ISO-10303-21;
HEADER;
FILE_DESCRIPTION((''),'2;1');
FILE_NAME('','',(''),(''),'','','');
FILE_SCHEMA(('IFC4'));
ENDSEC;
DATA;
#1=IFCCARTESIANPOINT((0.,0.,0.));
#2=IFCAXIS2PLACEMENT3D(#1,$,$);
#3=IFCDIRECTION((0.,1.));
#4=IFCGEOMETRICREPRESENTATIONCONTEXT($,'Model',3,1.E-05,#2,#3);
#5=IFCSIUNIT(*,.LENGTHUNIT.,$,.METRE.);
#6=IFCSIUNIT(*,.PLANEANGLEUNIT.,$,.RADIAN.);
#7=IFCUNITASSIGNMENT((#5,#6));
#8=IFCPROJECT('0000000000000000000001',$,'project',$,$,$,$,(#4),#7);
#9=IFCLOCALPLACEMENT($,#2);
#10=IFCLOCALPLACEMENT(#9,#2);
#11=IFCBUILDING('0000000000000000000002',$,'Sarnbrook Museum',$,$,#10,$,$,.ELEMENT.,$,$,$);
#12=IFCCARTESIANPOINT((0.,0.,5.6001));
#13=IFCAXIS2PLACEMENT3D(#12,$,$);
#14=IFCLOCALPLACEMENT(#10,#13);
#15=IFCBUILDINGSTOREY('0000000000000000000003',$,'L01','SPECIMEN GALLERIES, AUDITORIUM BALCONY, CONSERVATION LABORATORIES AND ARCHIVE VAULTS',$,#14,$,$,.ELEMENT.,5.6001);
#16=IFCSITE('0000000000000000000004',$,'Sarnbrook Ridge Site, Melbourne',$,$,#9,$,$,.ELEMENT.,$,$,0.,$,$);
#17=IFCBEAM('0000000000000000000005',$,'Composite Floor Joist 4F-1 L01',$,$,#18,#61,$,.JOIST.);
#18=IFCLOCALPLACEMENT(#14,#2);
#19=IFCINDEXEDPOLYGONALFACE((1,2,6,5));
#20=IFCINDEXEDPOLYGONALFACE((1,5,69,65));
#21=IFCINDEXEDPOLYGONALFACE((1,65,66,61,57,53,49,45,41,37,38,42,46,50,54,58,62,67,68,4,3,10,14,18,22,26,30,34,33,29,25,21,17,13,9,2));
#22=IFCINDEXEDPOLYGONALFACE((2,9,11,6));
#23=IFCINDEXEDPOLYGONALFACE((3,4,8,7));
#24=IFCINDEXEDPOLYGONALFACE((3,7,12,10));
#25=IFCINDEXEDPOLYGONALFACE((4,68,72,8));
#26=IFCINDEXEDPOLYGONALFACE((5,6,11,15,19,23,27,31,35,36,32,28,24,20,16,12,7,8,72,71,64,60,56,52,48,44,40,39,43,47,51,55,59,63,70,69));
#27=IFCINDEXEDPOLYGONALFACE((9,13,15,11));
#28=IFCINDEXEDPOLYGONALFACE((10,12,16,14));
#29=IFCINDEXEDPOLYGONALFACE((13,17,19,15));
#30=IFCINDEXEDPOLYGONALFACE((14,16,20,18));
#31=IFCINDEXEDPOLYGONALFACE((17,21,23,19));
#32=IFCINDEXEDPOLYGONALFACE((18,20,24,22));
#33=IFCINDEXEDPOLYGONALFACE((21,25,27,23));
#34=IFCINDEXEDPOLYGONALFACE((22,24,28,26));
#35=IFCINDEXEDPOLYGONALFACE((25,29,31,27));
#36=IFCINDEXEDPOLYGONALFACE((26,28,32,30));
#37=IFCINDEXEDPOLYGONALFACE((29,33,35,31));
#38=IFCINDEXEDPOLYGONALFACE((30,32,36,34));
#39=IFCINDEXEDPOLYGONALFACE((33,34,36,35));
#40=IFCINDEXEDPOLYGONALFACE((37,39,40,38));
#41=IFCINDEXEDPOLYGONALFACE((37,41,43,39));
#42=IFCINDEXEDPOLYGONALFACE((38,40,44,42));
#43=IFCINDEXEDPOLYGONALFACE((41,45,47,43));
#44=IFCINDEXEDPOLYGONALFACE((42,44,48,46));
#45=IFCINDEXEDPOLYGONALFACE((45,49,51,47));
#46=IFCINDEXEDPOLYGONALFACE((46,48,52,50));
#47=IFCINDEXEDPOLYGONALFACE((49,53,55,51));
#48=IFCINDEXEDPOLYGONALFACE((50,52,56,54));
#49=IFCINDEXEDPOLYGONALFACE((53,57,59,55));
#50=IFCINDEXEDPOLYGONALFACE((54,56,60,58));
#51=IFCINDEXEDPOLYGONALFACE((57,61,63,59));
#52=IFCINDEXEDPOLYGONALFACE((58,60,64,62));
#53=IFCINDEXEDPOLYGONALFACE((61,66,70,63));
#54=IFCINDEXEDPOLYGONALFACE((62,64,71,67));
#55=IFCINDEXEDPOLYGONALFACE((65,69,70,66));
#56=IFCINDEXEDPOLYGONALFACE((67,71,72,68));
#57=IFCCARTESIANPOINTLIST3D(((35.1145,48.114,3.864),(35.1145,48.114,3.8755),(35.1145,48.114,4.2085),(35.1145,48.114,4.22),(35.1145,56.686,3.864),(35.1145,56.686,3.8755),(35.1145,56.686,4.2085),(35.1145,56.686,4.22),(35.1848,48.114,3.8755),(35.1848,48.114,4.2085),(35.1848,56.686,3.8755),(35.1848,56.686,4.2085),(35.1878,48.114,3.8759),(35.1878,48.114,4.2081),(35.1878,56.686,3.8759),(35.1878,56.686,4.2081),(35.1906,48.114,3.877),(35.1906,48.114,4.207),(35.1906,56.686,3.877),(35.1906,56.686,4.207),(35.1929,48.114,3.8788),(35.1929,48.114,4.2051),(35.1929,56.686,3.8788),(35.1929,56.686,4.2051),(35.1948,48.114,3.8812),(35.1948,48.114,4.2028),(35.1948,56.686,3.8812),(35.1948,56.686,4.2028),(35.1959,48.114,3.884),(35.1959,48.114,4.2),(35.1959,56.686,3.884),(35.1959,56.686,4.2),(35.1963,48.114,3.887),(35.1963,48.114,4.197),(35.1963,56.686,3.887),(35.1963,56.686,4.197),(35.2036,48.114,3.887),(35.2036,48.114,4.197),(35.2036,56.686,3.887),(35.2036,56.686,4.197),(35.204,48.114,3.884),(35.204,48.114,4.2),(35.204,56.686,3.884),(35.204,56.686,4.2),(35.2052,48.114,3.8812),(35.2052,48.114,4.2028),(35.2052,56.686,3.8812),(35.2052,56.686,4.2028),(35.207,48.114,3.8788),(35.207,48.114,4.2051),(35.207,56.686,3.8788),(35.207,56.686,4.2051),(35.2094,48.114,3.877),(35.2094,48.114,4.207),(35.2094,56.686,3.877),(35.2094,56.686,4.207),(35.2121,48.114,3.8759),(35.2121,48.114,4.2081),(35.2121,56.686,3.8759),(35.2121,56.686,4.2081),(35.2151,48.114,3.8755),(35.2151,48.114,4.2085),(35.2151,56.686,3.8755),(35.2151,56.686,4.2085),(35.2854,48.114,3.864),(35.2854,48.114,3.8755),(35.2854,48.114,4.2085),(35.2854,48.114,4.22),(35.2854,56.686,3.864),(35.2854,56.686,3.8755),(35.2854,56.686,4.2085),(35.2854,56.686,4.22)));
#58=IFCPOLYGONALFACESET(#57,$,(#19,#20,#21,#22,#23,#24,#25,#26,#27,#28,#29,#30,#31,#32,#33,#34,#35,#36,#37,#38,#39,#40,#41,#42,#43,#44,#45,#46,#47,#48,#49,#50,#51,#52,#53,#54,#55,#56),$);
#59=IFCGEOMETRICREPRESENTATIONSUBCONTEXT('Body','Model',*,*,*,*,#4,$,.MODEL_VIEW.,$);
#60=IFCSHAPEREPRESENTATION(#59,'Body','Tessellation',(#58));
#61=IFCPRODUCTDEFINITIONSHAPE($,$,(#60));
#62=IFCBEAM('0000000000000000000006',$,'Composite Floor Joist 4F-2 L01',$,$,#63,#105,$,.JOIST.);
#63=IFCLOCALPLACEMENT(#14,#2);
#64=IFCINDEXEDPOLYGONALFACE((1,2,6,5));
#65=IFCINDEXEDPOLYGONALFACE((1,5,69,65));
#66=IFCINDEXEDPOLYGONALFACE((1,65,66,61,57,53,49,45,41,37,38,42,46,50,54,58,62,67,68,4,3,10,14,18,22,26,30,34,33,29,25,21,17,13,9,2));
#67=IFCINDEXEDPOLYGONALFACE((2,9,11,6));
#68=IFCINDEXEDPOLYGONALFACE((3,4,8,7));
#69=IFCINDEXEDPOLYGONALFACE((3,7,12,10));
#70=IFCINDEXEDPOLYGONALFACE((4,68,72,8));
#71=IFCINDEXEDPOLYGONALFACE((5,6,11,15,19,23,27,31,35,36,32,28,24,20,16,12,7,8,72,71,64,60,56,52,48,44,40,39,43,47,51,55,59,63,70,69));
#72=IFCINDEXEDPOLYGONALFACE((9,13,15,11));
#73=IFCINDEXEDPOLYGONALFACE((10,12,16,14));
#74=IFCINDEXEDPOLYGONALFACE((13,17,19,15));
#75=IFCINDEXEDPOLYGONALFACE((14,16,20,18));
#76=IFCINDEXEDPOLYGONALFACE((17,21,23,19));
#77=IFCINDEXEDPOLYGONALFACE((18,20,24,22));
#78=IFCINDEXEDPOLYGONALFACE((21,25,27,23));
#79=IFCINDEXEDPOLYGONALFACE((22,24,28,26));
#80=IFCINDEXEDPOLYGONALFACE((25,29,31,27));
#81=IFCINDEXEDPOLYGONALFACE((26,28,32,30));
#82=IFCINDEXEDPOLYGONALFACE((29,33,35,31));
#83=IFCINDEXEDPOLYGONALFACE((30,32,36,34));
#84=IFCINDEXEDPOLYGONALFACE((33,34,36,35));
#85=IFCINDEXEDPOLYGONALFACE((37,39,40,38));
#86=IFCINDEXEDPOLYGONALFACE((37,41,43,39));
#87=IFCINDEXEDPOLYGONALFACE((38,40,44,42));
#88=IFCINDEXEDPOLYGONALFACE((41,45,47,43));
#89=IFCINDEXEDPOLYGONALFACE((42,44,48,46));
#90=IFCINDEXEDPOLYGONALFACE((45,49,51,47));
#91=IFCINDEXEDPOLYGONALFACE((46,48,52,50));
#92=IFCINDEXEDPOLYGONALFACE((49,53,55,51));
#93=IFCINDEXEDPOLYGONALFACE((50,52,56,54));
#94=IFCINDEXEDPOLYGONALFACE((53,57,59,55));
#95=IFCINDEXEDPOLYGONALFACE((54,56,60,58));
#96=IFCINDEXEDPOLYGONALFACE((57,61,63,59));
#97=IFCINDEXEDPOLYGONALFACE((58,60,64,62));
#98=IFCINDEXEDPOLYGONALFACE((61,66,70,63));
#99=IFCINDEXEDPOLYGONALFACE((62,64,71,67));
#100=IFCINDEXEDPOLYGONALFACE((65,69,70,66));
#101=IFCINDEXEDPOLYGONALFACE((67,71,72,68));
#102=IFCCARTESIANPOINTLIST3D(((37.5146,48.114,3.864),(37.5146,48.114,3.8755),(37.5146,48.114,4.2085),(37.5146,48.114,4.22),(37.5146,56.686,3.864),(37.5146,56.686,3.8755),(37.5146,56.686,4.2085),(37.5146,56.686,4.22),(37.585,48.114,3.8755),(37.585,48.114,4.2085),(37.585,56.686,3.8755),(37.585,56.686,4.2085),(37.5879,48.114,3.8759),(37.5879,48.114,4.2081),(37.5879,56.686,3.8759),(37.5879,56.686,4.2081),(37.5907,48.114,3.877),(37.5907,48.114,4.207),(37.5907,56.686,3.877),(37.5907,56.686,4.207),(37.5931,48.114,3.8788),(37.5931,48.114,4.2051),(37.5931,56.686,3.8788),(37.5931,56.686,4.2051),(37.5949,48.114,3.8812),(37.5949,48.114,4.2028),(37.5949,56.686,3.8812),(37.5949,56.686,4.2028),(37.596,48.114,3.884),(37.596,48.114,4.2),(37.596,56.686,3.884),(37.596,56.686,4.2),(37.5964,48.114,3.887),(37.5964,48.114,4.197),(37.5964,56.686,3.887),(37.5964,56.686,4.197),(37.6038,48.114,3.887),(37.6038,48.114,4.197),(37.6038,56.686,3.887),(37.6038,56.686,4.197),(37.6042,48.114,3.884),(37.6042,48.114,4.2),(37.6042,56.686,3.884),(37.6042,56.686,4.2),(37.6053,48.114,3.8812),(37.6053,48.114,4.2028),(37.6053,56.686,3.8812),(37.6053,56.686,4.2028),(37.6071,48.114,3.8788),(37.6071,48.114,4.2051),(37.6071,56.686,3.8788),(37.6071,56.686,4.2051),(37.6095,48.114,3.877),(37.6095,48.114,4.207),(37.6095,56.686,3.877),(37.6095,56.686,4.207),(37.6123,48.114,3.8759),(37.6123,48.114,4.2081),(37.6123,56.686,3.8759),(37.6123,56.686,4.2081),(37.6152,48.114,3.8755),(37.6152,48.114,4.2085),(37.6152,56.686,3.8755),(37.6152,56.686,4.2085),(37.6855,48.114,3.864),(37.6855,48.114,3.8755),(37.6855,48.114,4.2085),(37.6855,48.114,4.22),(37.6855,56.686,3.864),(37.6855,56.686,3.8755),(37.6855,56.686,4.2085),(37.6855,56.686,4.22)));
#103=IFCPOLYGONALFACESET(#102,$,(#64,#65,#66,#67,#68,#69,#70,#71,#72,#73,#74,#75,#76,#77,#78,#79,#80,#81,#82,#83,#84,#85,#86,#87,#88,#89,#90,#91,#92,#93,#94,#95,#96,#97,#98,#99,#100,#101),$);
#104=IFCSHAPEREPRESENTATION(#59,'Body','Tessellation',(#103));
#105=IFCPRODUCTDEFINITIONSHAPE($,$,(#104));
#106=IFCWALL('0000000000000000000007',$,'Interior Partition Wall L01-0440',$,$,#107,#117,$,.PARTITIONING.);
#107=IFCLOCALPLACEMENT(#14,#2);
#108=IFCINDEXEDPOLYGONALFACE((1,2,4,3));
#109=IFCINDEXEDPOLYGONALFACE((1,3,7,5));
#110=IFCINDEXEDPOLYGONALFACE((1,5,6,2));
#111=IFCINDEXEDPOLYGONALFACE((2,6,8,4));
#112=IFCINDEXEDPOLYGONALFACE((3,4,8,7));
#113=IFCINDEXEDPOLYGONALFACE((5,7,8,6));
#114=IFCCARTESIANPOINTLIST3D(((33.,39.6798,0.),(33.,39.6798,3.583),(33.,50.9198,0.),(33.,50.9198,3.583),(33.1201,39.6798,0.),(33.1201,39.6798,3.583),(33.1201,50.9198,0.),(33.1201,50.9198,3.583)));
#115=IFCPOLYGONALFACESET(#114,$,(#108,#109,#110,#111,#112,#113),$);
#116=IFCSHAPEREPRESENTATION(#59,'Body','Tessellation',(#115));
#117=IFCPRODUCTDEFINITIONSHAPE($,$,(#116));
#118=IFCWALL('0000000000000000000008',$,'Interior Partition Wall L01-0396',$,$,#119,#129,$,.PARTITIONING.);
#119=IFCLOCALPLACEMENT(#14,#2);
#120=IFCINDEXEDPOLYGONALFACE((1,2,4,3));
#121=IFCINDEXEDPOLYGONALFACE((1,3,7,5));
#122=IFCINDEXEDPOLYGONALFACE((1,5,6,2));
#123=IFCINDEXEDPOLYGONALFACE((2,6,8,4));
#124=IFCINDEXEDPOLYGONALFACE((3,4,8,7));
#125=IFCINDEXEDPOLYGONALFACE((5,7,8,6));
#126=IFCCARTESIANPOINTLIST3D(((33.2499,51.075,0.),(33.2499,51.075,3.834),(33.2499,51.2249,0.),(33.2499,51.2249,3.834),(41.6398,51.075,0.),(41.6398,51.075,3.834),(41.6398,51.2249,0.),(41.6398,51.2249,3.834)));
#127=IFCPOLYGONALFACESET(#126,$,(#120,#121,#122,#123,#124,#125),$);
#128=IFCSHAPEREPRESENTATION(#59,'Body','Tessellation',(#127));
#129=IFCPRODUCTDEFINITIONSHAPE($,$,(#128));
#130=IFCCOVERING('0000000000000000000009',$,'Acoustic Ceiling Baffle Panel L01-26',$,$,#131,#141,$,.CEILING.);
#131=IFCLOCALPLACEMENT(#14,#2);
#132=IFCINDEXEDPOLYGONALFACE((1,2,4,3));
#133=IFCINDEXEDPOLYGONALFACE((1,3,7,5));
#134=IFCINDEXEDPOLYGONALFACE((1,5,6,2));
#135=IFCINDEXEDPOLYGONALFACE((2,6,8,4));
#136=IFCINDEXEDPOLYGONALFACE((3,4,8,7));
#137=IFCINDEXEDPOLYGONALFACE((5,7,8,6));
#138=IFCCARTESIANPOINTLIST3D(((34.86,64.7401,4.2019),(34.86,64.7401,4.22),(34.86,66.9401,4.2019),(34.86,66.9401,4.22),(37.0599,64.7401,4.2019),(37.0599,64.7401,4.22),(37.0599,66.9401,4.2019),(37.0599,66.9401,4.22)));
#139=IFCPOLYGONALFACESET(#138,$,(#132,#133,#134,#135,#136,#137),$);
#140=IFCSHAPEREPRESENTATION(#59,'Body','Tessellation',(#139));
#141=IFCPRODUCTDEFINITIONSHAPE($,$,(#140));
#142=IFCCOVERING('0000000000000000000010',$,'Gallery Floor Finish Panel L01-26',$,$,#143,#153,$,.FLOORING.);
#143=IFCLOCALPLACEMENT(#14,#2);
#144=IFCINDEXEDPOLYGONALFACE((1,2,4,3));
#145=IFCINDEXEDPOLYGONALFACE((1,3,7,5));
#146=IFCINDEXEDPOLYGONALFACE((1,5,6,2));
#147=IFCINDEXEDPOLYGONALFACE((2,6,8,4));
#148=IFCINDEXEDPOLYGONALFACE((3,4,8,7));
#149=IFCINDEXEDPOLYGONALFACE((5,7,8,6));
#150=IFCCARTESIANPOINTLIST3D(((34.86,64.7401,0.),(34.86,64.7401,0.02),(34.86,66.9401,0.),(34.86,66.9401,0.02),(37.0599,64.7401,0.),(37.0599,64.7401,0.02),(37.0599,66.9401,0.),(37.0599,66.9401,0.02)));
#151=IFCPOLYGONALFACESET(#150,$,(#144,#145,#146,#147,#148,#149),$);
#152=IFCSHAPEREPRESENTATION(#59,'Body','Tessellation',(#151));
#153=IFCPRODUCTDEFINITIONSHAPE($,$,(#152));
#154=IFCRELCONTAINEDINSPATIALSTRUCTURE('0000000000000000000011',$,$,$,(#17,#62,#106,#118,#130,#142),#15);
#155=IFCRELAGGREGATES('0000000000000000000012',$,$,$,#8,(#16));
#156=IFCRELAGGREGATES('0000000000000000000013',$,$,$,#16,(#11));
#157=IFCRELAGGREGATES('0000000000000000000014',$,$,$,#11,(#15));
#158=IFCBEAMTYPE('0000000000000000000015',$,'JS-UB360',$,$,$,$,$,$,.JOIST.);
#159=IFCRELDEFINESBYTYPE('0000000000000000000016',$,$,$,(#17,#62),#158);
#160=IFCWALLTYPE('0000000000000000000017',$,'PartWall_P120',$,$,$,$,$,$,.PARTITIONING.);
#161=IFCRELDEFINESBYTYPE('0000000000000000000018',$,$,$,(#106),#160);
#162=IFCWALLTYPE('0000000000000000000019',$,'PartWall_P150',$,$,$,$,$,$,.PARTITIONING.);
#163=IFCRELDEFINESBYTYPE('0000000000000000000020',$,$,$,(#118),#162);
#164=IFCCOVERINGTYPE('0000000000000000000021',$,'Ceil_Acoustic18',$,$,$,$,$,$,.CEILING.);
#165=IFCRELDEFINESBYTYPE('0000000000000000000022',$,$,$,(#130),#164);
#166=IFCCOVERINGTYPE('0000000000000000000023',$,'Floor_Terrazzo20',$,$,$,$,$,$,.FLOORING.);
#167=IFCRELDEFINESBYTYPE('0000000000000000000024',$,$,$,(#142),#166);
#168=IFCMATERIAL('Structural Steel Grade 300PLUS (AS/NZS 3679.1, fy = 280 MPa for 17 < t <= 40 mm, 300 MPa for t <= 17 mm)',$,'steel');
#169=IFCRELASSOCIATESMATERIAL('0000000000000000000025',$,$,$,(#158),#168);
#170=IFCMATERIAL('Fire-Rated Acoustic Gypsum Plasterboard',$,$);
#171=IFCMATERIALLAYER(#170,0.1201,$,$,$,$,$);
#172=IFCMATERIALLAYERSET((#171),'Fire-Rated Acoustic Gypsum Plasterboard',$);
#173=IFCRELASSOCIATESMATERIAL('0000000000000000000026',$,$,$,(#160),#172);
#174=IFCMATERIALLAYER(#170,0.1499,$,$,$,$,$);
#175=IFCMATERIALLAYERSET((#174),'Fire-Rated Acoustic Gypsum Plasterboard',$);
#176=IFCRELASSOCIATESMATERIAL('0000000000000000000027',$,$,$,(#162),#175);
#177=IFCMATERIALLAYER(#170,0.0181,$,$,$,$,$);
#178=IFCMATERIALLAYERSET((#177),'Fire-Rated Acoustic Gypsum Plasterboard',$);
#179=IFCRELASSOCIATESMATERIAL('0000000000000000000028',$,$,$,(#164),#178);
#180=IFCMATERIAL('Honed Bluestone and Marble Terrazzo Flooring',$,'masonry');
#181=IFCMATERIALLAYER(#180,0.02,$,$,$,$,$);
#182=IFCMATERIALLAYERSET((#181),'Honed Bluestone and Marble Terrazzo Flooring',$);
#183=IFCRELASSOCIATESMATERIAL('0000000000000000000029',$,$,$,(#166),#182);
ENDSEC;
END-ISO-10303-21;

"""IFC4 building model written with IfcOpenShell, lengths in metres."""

from ifc_helpers import new_model, si_unit, direction, frame, frame_2d, origin, origin_2d, place, context, subcontext, project, spatial, rectangle, i_section, extrude, material, layer, layer_set, material_profile, profile_set, type_object, element, save


model = new_model("IFC4")

# Units and contexts
model_context = context("Model", 3, precision=1e-05, world=origin(), true_north=direction((0.0, 1.0)))
body_context = subcontext(model_context, "Body", "Model", "MODEL_VIEW")
ifc_project = project(units=[si_unit("LENGTHUNIT", "METRE"), si_unit("PLANEANGLEUNIT", "RADIAN")], contexts=[model_context])

# Site, building, storey
site_placement = place(None, origin())
site = spatial("IfcSite", under=ifc_project, at=site_placement, Name="Sarnbrook Ridge Site, Melbourne", CompositionType="ELEMENT", RefElevation=0.0)
building_placement = place(site_placement, origin())
building = spatial("IfcBuilding", under=site, at=building_placement, Name="Sarnbrook Museum", CompositionType="ELEMENT")
storey_placement = place(building_placement, frame((0.0, 0.0, 5.6001)))
storey = spatial("IfcBuildingStorey", under=building, at=storey_placement, Name="L01", Description="SPECIMEN GALLERIES, AUDITORIUM BALCONY, CONSERVATION LABORATORIES AND ARCHIVE VAULTS", CompositionType="ELEMENT", Elevation=5.6001)

# Shared definitions
ifc_material_1 = material(Name="Structural Steel Grade 300PLUS (AS/NZS 3679.1, fy = 280 MPa for 17 < t <= 40 mm, 300 MPa for t <= 17 mm)", Category="steel")

# Beams
ifc_material_profile_1 = material_profile(ifc_material_1, i_section(OverallWidth=0.1709, OverallDepth=0.356, WebThickness=0.0073, FlangeThickness=0.0115, FilletRadius=0.0115, at=origin_2d()), Name="360UB50.7")
ifc_profile_set_1 = profile_set([ifc_material_profile_1], Name="Structural Steel Grade 300PLUS (AS/NZS 3679.1, fy = 280 MPa for 17 < t <= 40 mm, 300 MPa for t <= 17 mm)")
beam_type_1 = type_object("IfcBeamType", Name="JS-UB360", PredefinedType="JOIST", material=ifc_profile_set_1)
for number, where, z_axis, x_axis, name in (
    (1, (35.2, 48.114, 4.042), (0.0, 1.0, 0.0), (-1.0, 0.0, 0.0), "Composite Floor Joist 4F-1 L01"),
    (2, (37.6001, 48.114, 4.042), (0.0, 1.0, 0.0), (-1.0, 0.0, 0.0), "Composite Floor Joist 4F-2 L01"),
):
    element("IfcBeam", number, at=place(storey_placement, frame(where, z_axis=z_axis, x_axis=x_axis)), inside=storey, type_object=beam_type_1, Name=name, PredefinedType="JOIST", context=body_context, shape_type="SweptSolid", body=[
        extrude(i_section(OverallWidth=0.1709, OverallDepth=0.356, WebThickness=0.0073, FlangeThickness=0.0115, FilletRadius=0.0115, at=origin_2d()), origin(), (0.0, 0.0, 1.0), 8.572),
    ])

# Walls
ifc_material_2 = material(Name="Fire-Rated Acoustic Gypsum Plasterboard")
ifc_layer_1 = layer(ifc_material_2, 0.1201)
ifc_layer_set_1 = layer_set([ifc_layer_1], Name="Fire-Rated Acoustic Gypsum Plasterboard")
wall_type_1 = type_object("IfcWallType", Name="PartWall_P120", PredefinedType="PARTITIONING", material=ifc_layer_set_1)
wall_1_placement = place(storey_placement, frame((33.0601, 50.9199, 0.0), z_axis=(0.0, 0.0, 1.0), x_axis=(0.0, -1.0, 0.0)))
element("IfcWall", 3, at=wall_1_placement, inside=storey, type_object=wall_type_1, Name="Interior Partition Wall L01-0440", PredefinedType="PARTITIONING", context=body_context, shape_type="SweptSolid", body=[
    extrude(rectangle(XDim=11.24, YDim=0.1201, at=frame_2d((5.6201, 0.0))), origin(), (0.0, 0.0, 1.0), 3.583),
])
ifc_layer_2 = layer(ifc_material_2, 0.1499)
ifc_layer_set_2 = layer_set([ifc_layer_2], Name="Fire-Rated Acoustic Gypsum Plasterboard")
wall_type_2 = type_object("IfcWallType", Name="PartWall_P150", PredefinedType="PARTITIONING", material=ifc_layer_set_2)
wall_2_placement = place(storey_placement, frame((33.25, 51.1499, 0.0), z_axis=(0.0, 0.0, 1.0), x_axis=(1.0, 0.0, 0.0)))
element("IfcWall", 4, at=wall_2_placement, inside=storey, type_object=wall_type_2, Name="Interior Partition Wall L01-0396", PredefinedType="PARTITIONING", context=body_context, shape_type="SweptSolid", body=[
    extrude(rectangle(XDim=8.3899, YDim=0.1499, at=frame_2d((4.1948, 0.0))), origin(), (0.0, 0.0, 1.0), 3.834),
])

# Coverings
ifc_layer_3 = layer(ifc_material_2, 0.0181)
ifc_layer_set_3 = layer_set([ifc_layer_3], Name="Fire-Rated Acoustic Gypsum Plasterboard")
covering_type_1 = type_object("IfcCoveringType", Name="Ceil_Acoustic18", PredefinedType="CEILING", material=ifc_layer_set_3)
covering_1_placement = place(storey_placement, frame((35.96, 65.8401, 4.2019), z_axis=(0.0, 0.0, 1.0), x_axis=(1.0, 0.0, 0.0)))
element("IfcCovering", 5, at=covering_1_placement, inside=storey, type_object=covering_type_1, Name="Acoustic Ceiling Baffle Panel L01-26", PredefinedType="CEILING", context=body_context, shape_type="SweptSolid", body=[
    extrude(rectangle(XDim=2.2, YDim=2.2, at=origin_2d()), origin(), (0.0, 0.0, 1.0), 0.0181),
])
ifc_material_3 = material(Name="Honed Bluestone and Marble Terrazzo Flooring", Category="masonry")
ifc_layer_4 = layer(ifc_material_3, 0.02)
ifc_layer_set_4 = layer_set([ifc_layer_4], Name="Honed Bluestone and Marble Terrazzo Flooring")
covering_type_2 = type_object("IfcCoveringType", Name="Floor_Terrazzo20", PredefinedType="FLOORING", material=ifc_layer_set_4)
covering_2_placement = place(storey_placement, frame((35.96, 65.8401, 0.0), z_axis=(0.0, 0.0, 1.0), x_axis=(1.0, 0.0, 0.0)))
element("IfcCovering", 6, at=covering_2_placement, inside=storey, type_object=covering_type_2, Name="Gallery Floor Finish Panel L01-26", PredefinedType="FLOORING", context=body_context, shape_type="SweptSolid", body=[
    extrude(rectangle(XDim=2.2, YDim=2.2, at=origin_2d()), origin(), (0.0, 0.0, 1.0), 0.02),
])

save(model, "model.ifc")
